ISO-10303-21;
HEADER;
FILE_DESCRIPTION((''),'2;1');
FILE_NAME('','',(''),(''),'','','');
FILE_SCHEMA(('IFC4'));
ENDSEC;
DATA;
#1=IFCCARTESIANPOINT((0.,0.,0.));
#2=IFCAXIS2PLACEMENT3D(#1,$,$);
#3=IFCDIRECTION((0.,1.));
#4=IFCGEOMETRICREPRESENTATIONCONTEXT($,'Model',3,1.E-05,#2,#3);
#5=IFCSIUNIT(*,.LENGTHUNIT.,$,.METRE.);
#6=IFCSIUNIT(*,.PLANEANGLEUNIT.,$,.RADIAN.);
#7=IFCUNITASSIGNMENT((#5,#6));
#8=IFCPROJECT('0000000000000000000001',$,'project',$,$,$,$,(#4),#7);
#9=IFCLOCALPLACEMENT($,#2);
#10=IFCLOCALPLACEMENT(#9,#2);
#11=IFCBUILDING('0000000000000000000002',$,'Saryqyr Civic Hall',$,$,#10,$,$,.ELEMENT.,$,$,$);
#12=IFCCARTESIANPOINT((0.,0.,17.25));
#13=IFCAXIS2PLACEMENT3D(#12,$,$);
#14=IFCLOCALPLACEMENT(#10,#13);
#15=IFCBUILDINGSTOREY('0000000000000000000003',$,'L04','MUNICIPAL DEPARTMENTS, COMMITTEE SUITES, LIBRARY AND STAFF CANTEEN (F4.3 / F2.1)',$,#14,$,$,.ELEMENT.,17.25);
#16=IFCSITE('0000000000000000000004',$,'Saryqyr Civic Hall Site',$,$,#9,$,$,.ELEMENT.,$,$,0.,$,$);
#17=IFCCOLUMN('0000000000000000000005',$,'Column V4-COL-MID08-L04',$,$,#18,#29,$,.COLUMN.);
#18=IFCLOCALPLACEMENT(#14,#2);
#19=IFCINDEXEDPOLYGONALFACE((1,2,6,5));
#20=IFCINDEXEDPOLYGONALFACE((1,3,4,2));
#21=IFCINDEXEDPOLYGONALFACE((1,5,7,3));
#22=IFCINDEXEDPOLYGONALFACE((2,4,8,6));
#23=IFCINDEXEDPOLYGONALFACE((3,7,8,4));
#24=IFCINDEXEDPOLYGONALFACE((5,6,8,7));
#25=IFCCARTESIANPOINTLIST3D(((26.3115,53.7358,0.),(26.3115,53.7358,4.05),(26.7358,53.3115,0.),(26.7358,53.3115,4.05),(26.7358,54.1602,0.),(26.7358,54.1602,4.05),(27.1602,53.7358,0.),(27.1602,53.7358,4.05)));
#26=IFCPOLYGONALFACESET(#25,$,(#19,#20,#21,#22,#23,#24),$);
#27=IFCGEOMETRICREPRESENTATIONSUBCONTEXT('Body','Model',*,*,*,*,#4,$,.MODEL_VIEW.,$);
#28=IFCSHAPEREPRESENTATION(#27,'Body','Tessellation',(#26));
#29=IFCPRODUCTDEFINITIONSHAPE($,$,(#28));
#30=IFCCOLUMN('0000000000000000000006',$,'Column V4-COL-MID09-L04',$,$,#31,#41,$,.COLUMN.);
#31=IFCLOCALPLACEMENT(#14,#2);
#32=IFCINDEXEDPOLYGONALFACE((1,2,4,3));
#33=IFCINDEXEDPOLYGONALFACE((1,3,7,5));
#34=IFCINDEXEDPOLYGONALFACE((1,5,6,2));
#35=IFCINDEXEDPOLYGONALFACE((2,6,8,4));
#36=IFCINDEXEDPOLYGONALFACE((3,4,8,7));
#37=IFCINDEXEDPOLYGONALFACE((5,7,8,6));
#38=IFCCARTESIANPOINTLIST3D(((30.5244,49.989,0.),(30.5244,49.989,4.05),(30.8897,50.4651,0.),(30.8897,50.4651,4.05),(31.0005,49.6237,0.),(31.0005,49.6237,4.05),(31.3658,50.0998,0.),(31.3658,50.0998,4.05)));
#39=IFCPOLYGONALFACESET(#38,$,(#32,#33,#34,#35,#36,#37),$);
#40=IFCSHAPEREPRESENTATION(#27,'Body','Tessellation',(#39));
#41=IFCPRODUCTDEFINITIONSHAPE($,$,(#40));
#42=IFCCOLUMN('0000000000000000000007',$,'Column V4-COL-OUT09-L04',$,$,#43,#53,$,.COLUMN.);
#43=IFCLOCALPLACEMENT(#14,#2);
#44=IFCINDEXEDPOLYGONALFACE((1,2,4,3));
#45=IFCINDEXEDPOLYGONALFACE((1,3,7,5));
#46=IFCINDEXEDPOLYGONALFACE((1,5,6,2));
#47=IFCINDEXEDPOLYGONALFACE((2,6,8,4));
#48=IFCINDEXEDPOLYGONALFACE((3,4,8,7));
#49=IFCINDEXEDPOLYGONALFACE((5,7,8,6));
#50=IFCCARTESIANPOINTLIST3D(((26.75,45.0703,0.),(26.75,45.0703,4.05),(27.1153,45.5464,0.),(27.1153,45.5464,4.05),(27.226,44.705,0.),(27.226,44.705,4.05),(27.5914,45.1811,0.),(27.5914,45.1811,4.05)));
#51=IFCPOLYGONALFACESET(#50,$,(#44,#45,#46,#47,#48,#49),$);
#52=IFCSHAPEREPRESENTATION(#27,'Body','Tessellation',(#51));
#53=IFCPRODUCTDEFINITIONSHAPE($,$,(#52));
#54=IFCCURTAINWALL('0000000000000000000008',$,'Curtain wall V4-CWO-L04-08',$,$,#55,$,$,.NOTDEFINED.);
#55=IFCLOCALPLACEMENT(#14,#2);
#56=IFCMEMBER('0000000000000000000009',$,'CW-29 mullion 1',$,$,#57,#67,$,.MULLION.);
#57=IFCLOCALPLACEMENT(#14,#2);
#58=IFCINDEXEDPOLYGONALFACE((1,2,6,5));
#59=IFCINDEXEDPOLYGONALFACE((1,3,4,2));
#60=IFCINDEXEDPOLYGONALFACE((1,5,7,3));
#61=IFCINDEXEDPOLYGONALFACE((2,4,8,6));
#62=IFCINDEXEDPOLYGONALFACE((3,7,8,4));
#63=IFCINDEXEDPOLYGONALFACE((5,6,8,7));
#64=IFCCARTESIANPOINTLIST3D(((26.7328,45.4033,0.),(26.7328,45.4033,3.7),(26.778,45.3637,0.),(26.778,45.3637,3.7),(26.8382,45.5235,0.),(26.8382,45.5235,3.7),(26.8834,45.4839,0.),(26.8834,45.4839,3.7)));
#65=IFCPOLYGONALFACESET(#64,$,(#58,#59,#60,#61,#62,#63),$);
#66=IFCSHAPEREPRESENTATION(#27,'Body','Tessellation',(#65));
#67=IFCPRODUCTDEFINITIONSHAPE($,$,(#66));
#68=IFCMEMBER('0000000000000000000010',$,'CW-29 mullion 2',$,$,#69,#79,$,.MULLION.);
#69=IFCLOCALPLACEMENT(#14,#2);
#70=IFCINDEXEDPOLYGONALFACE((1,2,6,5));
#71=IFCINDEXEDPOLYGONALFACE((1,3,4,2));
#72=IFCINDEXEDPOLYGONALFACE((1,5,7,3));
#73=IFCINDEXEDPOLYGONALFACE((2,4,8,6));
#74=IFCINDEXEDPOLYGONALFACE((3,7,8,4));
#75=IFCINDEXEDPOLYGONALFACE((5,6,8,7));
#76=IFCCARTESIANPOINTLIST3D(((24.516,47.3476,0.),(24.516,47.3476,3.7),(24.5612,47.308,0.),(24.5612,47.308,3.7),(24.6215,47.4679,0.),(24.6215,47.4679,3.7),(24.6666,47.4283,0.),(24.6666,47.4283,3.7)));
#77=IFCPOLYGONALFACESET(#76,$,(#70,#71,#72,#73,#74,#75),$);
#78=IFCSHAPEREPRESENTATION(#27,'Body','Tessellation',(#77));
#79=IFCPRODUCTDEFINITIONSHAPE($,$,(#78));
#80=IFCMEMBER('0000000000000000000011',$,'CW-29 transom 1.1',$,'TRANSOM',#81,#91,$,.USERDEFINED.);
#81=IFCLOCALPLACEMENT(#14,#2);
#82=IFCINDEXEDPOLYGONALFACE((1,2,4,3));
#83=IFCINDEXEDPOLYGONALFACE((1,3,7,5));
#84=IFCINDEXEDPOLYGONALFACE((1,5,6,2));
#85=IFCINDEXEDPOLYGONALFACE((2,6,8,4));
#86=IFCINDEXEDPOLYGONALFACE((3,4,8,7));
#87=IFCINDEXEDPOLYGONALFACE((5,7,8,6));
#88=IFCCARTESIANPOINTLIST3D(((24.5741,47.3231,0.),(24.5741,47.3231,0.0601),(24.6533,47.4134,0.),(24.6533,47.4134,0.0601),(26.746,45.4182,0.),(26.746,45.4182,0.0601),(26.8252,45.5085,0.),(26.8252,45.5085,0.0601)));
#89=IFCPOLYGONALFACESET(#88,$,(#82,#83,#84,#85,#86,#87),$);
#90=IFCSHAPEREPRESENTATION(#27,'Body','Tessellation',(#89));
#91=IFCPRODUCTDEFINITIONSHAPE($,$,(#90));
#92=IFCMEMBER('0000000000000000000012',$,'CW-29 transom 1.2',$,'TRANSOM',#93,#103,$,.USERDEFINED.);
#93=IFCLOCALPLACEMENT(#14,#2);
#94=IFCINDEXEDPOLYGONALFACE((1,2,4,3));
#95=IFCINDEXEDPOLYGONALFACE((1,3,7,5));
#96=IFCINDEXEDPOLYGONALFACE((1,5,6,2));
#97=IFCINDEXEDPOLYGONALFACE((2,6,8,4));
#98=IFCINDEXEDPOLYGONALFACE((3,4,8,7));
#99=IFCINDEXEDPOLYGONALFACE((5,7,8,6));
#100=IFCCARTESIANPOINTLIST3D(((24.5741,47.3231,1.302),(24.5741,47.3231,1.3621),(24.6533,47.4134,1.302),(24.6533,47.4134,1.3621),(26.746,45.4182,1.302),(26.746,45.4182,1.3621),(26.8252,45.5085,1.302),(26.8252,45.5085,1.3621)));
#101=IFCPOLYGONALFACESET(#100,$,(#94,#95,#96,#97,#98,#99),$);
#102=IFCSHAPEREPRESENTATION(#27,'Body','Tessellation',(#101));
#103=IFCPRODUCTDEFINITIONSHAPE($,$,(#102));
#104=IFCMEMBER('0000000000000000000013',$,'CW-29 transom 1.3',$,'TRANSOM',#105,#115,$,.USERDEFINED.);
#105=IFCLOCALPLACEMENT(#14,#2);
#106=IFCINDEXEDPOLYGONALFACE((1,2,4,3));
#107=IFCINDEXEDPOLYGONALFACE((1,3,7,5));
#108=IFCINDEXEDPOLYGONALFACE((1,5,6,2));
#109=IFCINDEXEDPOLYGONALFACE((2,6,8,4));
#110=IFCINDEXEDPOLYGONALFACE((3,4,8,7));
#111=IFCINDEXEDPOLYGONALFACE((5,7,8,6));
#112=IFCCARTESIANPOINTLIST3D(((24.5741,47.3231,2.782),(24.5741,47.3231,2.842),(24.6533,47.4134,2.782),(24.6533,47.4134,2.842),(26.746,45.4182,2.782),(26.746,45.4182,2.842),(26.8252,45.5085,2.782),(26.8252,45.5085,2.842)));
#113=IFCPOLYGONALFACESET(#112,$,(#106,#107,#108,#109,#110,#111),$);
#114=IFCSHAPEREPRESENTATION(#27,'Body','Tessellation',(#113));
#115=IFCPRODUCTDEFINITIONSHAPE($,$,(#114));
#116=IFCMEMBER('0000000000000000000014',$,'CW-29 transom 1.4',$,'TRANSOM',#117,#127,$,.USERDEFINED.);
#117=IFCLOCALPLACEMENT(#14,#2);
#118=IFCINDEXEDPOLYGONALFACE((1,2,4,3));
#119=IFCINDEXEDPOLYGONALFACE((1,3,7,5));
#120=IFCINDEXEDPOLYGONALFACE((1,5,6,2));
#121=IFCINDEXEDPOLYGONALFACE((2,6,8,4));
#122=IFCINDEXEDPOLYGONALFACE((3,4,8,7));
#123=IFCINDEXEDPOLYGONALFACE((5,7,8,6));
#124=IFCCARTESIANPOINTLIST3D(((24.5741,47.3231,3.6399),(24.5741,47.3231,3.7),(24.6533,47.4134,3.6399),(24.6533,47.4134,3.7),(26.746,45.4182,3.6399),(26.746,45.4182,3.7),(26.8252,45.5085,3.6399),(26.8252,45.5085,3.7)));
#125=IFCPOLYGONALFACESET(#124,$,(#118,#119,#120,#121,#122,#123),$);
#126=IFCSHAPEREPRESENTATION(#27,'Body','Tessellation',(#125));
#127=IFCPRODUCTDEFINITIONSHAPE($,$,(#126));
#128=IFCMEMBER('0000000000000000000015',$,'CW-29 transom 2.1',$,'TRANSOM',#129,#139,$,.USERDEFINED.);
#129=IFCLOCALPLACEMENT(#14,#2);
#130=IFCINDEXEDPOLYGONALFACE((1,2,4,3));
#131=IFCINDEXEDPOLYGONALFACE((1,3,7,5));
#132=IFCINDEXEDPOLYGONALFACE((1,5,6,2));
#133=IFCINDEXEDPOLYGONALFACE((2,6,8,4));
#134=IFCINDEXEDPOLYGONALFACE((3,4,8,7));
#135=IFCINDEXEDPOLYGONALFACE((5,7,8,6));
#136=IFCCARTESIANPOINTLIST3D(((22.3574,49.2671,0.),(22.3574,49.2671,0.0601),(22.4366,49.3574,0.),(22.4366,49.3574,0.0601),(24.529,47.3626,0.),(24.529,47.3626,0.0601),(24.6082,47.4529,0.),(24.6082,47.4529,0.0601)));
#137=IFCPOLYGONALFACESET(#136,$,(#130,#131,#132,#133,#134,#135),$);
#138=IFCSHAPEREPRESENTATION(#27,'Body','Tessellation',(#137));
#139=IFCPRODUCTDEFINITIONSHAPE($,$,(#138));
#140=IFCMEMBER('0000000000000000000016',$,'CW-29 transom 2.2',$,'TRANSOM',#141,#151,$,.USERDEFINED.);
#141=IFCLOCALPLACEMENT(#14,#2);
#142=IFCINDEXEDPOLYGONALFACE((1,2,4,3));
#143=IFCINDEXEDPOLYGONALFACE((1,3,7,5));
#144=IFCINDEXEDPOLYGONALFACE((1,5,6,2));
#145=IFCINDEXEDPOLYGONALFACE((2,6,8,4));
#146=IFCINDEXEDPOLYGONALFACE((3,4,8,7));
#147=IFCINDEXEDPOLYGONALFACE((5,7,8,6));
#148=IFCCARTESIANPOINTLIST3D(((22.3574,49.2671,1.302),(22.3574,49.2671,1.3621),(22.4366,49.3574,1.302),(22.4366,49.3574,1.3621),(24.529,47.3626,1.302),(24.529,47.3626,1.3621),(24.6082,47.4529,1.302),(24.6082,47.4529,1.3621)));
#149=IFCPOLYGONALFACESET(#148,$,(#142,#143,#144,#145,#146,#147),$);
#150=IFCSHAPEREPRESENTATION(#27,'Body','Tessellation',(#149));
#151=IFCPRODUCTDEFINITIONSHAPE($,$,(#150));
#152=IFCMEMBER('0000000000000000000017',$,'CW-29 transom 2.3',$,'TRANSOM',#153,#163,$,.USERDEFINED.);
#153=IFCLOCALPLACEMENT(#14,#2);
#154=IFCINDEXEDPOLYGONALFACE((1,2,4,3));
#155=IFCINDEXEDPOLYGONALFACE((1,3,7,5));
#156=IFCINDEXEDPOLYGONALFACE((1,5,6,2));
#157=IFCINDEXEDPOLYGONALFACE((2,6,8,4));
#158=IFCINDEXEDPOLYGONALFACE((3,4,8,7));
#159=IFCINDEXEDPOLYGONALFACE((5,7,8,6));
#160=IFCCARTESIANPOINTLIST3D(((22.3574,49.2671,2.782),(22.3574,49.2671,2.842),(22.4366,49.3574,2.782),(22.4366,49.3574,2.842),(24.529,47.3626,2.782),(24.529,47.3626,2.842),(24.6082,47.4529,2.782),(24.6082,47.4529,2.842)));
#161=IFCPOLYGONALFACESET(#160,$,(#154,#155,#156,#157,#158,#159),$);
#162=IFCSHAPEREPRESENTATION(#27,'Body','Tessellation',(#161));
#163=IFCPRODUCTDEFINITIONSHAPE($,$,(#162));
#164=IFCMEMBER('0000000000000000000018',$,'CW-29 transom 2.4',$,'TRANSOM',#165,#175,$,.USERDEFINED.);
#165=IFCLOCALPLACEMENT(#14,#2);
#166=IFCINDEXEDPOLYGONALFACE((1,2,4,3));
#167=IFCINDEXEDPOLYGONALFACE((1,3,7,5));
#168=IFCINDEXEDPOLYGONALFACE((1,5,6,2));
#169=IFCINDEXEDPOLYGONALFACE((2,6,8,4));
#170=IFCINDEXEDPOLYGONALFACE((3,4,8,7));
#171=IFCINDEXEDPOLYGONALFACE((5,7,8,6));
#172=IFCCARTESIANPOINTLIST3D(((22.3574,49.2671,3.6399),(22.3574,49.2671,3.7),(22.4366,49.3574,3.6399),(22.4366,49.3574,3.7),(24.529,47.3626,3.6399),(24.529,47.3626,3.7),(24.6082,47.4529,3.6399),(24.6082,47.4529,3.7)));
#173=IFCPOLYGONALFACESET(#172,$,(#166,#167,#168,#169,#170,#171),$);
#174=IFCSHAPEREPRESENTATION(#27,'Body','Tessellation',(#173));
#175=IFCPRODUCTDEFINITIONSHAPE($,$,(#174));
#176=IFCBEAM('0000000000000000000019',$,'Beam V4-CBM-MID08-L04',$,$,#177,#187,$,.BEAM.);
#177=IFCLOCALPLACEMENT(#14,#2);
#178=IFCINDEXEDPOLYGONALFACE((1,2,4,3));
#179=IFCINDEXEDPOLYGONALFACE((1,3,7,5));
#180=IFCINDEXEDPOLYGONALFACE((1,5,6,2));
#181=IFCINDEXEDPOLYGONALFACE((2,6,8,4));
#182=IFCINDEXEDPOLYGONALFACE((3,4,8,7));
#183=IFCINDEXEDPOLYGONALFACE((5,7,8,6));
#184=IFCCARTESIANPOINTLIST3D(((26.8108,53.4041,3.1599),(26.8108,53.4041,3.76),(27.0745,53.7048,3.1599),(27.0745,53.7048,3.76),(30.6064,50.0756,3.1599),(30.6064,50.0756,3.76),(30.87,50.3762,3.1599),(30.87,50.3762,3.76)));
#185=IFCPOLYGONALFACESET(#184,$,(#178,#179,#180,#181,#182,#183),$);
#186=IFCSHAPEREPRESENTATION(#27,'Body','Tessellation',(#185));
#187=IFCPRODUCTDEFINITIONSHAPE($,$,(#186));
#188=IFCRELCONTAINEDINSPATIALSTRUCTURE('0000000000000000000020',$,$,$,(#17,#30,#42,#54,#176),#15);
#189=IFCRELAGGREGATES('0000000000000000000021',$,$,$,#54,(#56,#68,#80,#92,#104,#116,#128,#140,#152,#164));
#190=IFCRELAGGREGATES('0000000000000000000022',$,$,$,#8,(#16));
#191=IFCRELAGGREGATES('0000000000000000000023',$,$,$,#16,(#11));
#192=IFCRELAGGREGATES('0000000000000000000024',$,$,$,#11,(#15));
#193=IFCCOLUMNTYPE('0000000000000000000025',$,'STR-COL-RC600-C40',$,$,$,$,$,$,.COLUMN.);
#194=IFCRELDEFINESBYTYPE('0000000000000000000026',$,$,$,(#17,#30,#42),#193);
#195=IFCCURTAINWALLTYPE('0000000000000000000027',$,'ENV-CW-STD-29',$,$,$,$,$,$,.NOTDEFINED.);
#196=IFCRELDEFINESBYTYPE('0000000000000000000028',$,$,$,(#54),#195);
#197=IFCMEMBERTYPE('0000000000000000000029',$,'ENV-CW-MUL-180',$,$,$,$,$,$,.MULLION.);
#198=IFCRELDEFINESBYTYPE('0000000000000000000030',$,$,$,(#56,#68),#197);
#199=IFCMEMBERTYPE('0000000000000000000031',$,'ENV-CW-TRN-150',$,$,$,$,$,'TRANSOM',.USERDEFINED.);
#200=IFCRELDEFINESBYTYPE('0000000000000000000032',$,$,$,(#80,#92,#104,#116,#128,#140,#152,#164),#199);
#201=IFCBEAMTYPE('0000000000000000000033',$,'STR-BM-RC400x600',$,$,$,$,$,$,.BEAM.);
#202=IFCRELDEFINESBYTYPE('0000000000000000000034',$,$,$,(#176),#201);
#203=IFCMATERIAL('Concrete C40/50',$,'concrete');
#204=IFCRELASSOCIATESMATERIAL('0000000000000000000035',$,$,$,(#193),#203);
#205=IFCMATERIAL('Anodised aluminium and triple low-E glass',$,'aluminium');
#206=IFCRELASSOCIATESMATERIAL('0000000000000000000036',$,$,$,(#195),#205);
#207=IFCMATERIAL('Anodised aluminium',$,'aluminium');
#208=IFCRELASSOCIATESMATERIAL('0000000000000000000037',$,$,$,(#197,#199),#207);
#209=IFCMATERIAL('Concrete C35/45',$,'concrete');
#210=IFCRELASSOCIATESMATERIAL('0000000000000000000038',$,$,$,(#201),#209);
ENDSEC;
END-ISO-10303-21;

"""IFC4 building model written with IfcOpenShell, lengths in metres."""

from ifc_helpers import new_model, si_unit, direction, frame, origin, origin_2d, place, context, subcontext, project, spatial, rectangle, extrude, material, material_profile, profile_set, type_object, element, aggregate, save


model = new_model("IFC4")

# Units and contexts
model_context = context("Model", 3, precision=1e-05, world=origin(), true_north=direction((0.0, 1.0)))
body_context = subcontext(model_context, "Body", "Model", "MODEL_VIEW")
ifc_project = project(units=[si_unit("LENGTHUNIT", "METRE"), si_unit("PLANEANGLEUNIT", "RADIAN")], contexts=[model_context])

# Site, building, storey
site_placement = place(None, origin())
site = spatial("IfcSite", under=ifc_project, at=site_placement, Name="Saryqyr Civic Hall Site", CompositionType="ELEMENT", RefElevation=0.0)
building_placement = place(site_placement, origin())
building = spatial("IfcBuilding", under=site, at=building_placement, Name="Saryqyr Civic Hall", CompositionType="ELEMENT")
storey_placement = place(building_placement, frame((0.0, 0.0, 17.25)))
storey = spatial("IfcBuildingStorey", under=building, at=storey_placement, Name="L04", Description="MUNICIPAL DEPARTMENTS, COMMITTEE SUITES, LIBRARY AND STAFF CANTEEN (F4.3 / F2.1)", CompositionType="ELEMENT", Elevation=17.25)

# Columns
ifc_material_1 = material(Name="Concrete C40/50", Category="concrete")
ifc_material_profile_1 = material_profile(ifc_material_1, rectangle(XDim=0.6001, YDim=0.6001, at=origin_2d()), Name="RC 600x600")
ifc_profile_set_1 = profile_set([ifc_material_profile_1], Name="Concrete C40/50")
column_type = type_object("IfcColumnType", Name="STR-COL-RC600-C40", PredefinedType="COLUMN", material=ifc_profile_set_1)
for number, where, z_axis, x_axis, name in (
    (1, (26.7358, 53.7358, 0.0), (0.0, 0.0, 1.0), (-0.707107, -0.707107, 0.0), "Column V4-COL-MID08-L04"),
    (2, (30.9451, 50.0444, 0.0), (0.0, 0.0, 1.0), (-0.608761, -0.793353, 0.0), "Column V4-COL-MID09-L04"),
    (3, (27.1707, 45.1257, 0.0), (0.0, 0.0, 1.0), (-0.608761, -0.793353, 0.0), "Column V4-COL-OUT09-L04"),
):
    element("IfcColumn", number, at=place(storey_placement, frame(where, z_axis=z_axis, x_axis=x_axis)), inside=storey, type_object=column_type, Name=name, PredefinedType="COLUMN", context=body_context, shape_type="SweptSolid", body=[
        extrude(rectangle(XDim=0.6001, YDim=0.6001, at=origin_2d()), origin(), (0.0, 0.0, 1.0), 4.05),
    ])

# Curtain wall, members
ifc_material_2 = material(Name="Anodised aluminium and triple low-E glass", Category="aluminium")
curtain_wall_type = type_object("IfcCurtainWallType", Name="ENV-CW-STD-29", PredefinedType="NOTDEFINED", material=ifc_material_2)
curtain_wall_placement = place(storey_placement, origin())
curtain_wall = element("IfcCurtainWall", 4, at=curtain_wall_placement, inside=storey, type_object=curtain_wall_type, Name="Curtain wall V4-CWO-L04-08", PredefinedType="NOTDEFINED")
ifc_material_3 = material(Name="Anodised aluminium", Category="aluminium")
ifc_material_profile_2 = material_profile(ifc_material_3, rectangle(XDim=0.0601, YDim=0.1599, at=origin_2d()), Name="ALU MULLION 60x160")
ifc_profile_set_2 = profile_set([ifc_material_profile_2], Name="Anodised aluminium")
member_type_1 = type_object("IfcMemberType", Name="ENV-CW-MUL-180", PredefinedType="MULLION", material=ifc_profile_set_2)
member_1_placement = place(storey_placement, frame((26.8081, 45.4436, 0.0), z_axis=(0.0, 0.0, 1.0), x_axis=(-0.751839, 0.659347, 0.0)))
member_1 = element("IfcMember", 5, at=member_1_placement, type_object=member_type_1, Name="CW-29 mullion 1", PredefinedType="MULLION", context=body_context, shape_type="SweptSolid", body=[
    extrude(rectangle(XDim=0.0601, YDim=0.1599, at=origin_2d()), origin(), (0.0, 0.0, 1.0), 3.7),
])
member_2_placement = place(storey_placement, frame((24.5913, 47.3879, 0.0), z_axis=(0.0, 0.0, 1.0), x_axis=(-0.751839, 0.659347, 0.0)))
member_2 = element("IfcMember", 6, at=member_2_placement, type_object=member_type_1, Name="CW-29 mullion 2", PredefinedType="MULLION", context=body_context, shape_type="SweptSolid", body=[
    extrude(rectangle(XDim=0.0601, YDim=0.1599, at=origin_2d()), origin(), (0.0, 0.0, 1.0), 3.7),
])
ifc_material_profile_3 = material_profile(ifc_material_3, rectangle(XDim=0.1201, YDim=0.0601, at=origin_2d()), Name="ALU TRANSOM 120x60")
ifc_profile_set_3 = profile_set([ifc_material_profile_3], Name="Anodised aluminium")
member_type_2 = type_object("IfcMemberType", Name="ENV-CW-TRN-150", ElementType="TRANSOM", PredefinedType="USERDEFINED", material=ifc_profile_set_3)
member_3_placement = place(storey_placement, frame((26.7856, 45.4634, 0.03), z_axis=(-0.751822, 0.659366, 0.0), x_axis=(-0.659366, -0.751822, 0.0)))
member_3 = element("IfcMember", 7, at=member_3_placement, type_object=member_type_2, Name="CW-29 transom 1.1", ObjectType="TRANSOM", PredefinedType="USERDEFINED", context=body_context, shape_type="SweptSolid", body=[
    extrude(rectangle(XDim=0.1201, YDim=0.0601, at=origin_2d()), origin(), (0.0, 0.0, 1.0), 2.8889),
])
member_4_placement = place(storey_placement, frame((26.7856, 45.4634, 1.332), z_axis=(-0.751822, 0.659366, 0.0), x_axis=(-0.659366, -0.751822, 0.0)))
member_4 = element("IfcMember", 8, at=member_4_placement, type_object=member_type_2, Name="CW-29 transom 1.2", ObjectType="TRANSOM", PredefinedType="USERDEFINED", context=body_context, shape_type="SweptSolid", body=[
    extrude(rectangle(XDim=0.1201, YDim=0.0601, at=origin_2d()), origin(), (0.0, 0.0, 1.0), 2.8889),
])
member_5_placement = place(storey_placement, frame((26.7856, 45.4634, 2.812), z_axis=(-0.751822, 0.659366, 0.0), x_axis=(-0.659366, -0.751822, 0.0)))
member_5 = element("IfcMember", 9, at=member_5_placement, type_object=member_type_2, Name="CW-29 transom 1.3", ObjectType="TRANSOM", PredefinedType="USERDEFINED", context=body_context, shape_type="SweptSolid", body=[
    extrude(rectangle(XDim=0.1201, YDim=0.0601, at=origin_2d()), origin(), (0.0, 0.0, 1.0), 2.8889),
])
member_6_placement = place(storey_placement, frame((26.7856, 45.4634, 3.6699), z_axis=(-0.751822, 0.659366, 0.0), x_axis=(-0.659366, -0.751822, 0.0)))
member_6 = element("IfcMember", 10, at=member_6_placement, type_object=member_type_2, Name="CW-29 transom 1.4", ObjectType="TRANSOM", PredefinedType="USERDEFINED", context=body_context, shape_type="SweptSolid", body=[
    extrude(rectangle(XDim=0.1201, YDim=0.0601, at=origin_2d()), origin(), (0.0, 0.0, 1.0), 2.8889),
])
member_7_placement = place(storey_placement, frame((24.5686, 47.4077, 0.03), z_axis=(-0.751827, 0.65936, 0.0), x_axis=(-0.65936, -0.751827, 0.0)))
member_7 = element("IfcMember", 11, at=member_7_placement, type_object=member_type_2, Name="CW-29 transom 2.1", ObjectType="TRANSOM", PredefinedType="USERDEFINED", context=body_context, shape_type="SweptSolid", body=[
    extrude(rectangle(XDim=0.1201, YDim=0.0601, at=origin_2d()), origin(), (0.0, 0.0, 1.0), 2.8884),
])
member_8_placement = place(storey_placement, frame((24.5686, 47.4077, 1.332), z_axis=(-0.751827, 0.65936, 0.0), x_axis=(-0.65936, -0.751827, 0.0)))
member_8 = element("IfcMember", 12, at=member_8_placement, type_object=member_type_2, Name="CW-29 transom 2.2", ObjectType="TRANSOM", PredefinedType="USERDEFINED", context=body_context, shape_type="SweptSolid", body=[
    extrude(rectangle(XDim=0.1201, YDim=0.0601, at=origin_2d()), origin(), (0.0, 0.0, 1.0), 2.8884),
])
member_9_placement = place(storey_placement, frame((24.5686, 47.4077, 2.812), z_axis=(-0.751827, 0.65936, 0.0), x_axis=(-0.65936, -0.751827, 0.0)))
member_9 = element("IfcMember", 13, at=member_9_placement, type_object=member_type_2, Name="CW-29 transom 2.3", ObjectType="TRANSOM", PredefinedType="USERDEFINED", context=body_context, shape_type="SweptSolid", body=[
    extrude(rectangle(XDim=0.1201, YDim=0.0601, at=origin_2d()), origin(), (0.0, 0.0, 1.0), 2.8884),
])
member_10_placement = place(storey_placement, frame((24.5686, 47.4077, 3.6699), z_axis=(-0.751827, 0.65936, 0.0), x_axis=(-0.65936, -0.751827, 0.0)))
member_10 = element("IfcMember", 14, at=member_10_placement, type_object=member_type_2, Name="CW-29 transom 2.4", ObjectType="TRANSOM", PredefinedType="USERDEFINED", context=body_context, shape_type="SweptSolid", body=[
    extrude(rectangle(XDim=0.1201, YDim=0.0601, at=origin_2d()), origin(), (0.0, 0.0, 1.0), 2.8884),
])

# Beam
ifc_material_4 = material(Name="Concrete C35/45", Category="concrete")
ifc_material_profile_4 = material_profile(ifc_material_4, rectangle(XDim=0.3999, YDim=0.6001, at=origin_2d()), Name="RC 400x600")
ifc_profile_set_4 = profile_set([ifc_material_profile_4], Name="Concrete C35/45")
beam_type_1 = type_object("IfcBeamType", Name="STR-BM-RC400x600", PredefinedType="BEAM", material=ifc_profile_set_4)
beam_1_placement = place(storey_placement, frame((26.9426, 53.5544, 3.46), z_axis=(0.751848, -0.659336, 0.0), x_axis=(0.659336, 0.751848, 0.0)))
element("IfcBeam", 15, at=beam_1_placement, inside=storey, type_object=beam_type_1, Name="Beam V4-CBM-MID08-L04", PredefinedType="BEAM", context=body_context, shape_type="SweptSolid", body=[
    extrude(rectangle(XDim=0.3999, YDim=0.6001, at=origin_2d()), origin(), (0.0, 0.0, 1.0), 5.0483),
])

aggregate(curtain_wall, [member_1, member_2, member_3, member_4, member_5, member_6, member_7, member_8, member_9, member_10])

save(model, "model.ifc")
